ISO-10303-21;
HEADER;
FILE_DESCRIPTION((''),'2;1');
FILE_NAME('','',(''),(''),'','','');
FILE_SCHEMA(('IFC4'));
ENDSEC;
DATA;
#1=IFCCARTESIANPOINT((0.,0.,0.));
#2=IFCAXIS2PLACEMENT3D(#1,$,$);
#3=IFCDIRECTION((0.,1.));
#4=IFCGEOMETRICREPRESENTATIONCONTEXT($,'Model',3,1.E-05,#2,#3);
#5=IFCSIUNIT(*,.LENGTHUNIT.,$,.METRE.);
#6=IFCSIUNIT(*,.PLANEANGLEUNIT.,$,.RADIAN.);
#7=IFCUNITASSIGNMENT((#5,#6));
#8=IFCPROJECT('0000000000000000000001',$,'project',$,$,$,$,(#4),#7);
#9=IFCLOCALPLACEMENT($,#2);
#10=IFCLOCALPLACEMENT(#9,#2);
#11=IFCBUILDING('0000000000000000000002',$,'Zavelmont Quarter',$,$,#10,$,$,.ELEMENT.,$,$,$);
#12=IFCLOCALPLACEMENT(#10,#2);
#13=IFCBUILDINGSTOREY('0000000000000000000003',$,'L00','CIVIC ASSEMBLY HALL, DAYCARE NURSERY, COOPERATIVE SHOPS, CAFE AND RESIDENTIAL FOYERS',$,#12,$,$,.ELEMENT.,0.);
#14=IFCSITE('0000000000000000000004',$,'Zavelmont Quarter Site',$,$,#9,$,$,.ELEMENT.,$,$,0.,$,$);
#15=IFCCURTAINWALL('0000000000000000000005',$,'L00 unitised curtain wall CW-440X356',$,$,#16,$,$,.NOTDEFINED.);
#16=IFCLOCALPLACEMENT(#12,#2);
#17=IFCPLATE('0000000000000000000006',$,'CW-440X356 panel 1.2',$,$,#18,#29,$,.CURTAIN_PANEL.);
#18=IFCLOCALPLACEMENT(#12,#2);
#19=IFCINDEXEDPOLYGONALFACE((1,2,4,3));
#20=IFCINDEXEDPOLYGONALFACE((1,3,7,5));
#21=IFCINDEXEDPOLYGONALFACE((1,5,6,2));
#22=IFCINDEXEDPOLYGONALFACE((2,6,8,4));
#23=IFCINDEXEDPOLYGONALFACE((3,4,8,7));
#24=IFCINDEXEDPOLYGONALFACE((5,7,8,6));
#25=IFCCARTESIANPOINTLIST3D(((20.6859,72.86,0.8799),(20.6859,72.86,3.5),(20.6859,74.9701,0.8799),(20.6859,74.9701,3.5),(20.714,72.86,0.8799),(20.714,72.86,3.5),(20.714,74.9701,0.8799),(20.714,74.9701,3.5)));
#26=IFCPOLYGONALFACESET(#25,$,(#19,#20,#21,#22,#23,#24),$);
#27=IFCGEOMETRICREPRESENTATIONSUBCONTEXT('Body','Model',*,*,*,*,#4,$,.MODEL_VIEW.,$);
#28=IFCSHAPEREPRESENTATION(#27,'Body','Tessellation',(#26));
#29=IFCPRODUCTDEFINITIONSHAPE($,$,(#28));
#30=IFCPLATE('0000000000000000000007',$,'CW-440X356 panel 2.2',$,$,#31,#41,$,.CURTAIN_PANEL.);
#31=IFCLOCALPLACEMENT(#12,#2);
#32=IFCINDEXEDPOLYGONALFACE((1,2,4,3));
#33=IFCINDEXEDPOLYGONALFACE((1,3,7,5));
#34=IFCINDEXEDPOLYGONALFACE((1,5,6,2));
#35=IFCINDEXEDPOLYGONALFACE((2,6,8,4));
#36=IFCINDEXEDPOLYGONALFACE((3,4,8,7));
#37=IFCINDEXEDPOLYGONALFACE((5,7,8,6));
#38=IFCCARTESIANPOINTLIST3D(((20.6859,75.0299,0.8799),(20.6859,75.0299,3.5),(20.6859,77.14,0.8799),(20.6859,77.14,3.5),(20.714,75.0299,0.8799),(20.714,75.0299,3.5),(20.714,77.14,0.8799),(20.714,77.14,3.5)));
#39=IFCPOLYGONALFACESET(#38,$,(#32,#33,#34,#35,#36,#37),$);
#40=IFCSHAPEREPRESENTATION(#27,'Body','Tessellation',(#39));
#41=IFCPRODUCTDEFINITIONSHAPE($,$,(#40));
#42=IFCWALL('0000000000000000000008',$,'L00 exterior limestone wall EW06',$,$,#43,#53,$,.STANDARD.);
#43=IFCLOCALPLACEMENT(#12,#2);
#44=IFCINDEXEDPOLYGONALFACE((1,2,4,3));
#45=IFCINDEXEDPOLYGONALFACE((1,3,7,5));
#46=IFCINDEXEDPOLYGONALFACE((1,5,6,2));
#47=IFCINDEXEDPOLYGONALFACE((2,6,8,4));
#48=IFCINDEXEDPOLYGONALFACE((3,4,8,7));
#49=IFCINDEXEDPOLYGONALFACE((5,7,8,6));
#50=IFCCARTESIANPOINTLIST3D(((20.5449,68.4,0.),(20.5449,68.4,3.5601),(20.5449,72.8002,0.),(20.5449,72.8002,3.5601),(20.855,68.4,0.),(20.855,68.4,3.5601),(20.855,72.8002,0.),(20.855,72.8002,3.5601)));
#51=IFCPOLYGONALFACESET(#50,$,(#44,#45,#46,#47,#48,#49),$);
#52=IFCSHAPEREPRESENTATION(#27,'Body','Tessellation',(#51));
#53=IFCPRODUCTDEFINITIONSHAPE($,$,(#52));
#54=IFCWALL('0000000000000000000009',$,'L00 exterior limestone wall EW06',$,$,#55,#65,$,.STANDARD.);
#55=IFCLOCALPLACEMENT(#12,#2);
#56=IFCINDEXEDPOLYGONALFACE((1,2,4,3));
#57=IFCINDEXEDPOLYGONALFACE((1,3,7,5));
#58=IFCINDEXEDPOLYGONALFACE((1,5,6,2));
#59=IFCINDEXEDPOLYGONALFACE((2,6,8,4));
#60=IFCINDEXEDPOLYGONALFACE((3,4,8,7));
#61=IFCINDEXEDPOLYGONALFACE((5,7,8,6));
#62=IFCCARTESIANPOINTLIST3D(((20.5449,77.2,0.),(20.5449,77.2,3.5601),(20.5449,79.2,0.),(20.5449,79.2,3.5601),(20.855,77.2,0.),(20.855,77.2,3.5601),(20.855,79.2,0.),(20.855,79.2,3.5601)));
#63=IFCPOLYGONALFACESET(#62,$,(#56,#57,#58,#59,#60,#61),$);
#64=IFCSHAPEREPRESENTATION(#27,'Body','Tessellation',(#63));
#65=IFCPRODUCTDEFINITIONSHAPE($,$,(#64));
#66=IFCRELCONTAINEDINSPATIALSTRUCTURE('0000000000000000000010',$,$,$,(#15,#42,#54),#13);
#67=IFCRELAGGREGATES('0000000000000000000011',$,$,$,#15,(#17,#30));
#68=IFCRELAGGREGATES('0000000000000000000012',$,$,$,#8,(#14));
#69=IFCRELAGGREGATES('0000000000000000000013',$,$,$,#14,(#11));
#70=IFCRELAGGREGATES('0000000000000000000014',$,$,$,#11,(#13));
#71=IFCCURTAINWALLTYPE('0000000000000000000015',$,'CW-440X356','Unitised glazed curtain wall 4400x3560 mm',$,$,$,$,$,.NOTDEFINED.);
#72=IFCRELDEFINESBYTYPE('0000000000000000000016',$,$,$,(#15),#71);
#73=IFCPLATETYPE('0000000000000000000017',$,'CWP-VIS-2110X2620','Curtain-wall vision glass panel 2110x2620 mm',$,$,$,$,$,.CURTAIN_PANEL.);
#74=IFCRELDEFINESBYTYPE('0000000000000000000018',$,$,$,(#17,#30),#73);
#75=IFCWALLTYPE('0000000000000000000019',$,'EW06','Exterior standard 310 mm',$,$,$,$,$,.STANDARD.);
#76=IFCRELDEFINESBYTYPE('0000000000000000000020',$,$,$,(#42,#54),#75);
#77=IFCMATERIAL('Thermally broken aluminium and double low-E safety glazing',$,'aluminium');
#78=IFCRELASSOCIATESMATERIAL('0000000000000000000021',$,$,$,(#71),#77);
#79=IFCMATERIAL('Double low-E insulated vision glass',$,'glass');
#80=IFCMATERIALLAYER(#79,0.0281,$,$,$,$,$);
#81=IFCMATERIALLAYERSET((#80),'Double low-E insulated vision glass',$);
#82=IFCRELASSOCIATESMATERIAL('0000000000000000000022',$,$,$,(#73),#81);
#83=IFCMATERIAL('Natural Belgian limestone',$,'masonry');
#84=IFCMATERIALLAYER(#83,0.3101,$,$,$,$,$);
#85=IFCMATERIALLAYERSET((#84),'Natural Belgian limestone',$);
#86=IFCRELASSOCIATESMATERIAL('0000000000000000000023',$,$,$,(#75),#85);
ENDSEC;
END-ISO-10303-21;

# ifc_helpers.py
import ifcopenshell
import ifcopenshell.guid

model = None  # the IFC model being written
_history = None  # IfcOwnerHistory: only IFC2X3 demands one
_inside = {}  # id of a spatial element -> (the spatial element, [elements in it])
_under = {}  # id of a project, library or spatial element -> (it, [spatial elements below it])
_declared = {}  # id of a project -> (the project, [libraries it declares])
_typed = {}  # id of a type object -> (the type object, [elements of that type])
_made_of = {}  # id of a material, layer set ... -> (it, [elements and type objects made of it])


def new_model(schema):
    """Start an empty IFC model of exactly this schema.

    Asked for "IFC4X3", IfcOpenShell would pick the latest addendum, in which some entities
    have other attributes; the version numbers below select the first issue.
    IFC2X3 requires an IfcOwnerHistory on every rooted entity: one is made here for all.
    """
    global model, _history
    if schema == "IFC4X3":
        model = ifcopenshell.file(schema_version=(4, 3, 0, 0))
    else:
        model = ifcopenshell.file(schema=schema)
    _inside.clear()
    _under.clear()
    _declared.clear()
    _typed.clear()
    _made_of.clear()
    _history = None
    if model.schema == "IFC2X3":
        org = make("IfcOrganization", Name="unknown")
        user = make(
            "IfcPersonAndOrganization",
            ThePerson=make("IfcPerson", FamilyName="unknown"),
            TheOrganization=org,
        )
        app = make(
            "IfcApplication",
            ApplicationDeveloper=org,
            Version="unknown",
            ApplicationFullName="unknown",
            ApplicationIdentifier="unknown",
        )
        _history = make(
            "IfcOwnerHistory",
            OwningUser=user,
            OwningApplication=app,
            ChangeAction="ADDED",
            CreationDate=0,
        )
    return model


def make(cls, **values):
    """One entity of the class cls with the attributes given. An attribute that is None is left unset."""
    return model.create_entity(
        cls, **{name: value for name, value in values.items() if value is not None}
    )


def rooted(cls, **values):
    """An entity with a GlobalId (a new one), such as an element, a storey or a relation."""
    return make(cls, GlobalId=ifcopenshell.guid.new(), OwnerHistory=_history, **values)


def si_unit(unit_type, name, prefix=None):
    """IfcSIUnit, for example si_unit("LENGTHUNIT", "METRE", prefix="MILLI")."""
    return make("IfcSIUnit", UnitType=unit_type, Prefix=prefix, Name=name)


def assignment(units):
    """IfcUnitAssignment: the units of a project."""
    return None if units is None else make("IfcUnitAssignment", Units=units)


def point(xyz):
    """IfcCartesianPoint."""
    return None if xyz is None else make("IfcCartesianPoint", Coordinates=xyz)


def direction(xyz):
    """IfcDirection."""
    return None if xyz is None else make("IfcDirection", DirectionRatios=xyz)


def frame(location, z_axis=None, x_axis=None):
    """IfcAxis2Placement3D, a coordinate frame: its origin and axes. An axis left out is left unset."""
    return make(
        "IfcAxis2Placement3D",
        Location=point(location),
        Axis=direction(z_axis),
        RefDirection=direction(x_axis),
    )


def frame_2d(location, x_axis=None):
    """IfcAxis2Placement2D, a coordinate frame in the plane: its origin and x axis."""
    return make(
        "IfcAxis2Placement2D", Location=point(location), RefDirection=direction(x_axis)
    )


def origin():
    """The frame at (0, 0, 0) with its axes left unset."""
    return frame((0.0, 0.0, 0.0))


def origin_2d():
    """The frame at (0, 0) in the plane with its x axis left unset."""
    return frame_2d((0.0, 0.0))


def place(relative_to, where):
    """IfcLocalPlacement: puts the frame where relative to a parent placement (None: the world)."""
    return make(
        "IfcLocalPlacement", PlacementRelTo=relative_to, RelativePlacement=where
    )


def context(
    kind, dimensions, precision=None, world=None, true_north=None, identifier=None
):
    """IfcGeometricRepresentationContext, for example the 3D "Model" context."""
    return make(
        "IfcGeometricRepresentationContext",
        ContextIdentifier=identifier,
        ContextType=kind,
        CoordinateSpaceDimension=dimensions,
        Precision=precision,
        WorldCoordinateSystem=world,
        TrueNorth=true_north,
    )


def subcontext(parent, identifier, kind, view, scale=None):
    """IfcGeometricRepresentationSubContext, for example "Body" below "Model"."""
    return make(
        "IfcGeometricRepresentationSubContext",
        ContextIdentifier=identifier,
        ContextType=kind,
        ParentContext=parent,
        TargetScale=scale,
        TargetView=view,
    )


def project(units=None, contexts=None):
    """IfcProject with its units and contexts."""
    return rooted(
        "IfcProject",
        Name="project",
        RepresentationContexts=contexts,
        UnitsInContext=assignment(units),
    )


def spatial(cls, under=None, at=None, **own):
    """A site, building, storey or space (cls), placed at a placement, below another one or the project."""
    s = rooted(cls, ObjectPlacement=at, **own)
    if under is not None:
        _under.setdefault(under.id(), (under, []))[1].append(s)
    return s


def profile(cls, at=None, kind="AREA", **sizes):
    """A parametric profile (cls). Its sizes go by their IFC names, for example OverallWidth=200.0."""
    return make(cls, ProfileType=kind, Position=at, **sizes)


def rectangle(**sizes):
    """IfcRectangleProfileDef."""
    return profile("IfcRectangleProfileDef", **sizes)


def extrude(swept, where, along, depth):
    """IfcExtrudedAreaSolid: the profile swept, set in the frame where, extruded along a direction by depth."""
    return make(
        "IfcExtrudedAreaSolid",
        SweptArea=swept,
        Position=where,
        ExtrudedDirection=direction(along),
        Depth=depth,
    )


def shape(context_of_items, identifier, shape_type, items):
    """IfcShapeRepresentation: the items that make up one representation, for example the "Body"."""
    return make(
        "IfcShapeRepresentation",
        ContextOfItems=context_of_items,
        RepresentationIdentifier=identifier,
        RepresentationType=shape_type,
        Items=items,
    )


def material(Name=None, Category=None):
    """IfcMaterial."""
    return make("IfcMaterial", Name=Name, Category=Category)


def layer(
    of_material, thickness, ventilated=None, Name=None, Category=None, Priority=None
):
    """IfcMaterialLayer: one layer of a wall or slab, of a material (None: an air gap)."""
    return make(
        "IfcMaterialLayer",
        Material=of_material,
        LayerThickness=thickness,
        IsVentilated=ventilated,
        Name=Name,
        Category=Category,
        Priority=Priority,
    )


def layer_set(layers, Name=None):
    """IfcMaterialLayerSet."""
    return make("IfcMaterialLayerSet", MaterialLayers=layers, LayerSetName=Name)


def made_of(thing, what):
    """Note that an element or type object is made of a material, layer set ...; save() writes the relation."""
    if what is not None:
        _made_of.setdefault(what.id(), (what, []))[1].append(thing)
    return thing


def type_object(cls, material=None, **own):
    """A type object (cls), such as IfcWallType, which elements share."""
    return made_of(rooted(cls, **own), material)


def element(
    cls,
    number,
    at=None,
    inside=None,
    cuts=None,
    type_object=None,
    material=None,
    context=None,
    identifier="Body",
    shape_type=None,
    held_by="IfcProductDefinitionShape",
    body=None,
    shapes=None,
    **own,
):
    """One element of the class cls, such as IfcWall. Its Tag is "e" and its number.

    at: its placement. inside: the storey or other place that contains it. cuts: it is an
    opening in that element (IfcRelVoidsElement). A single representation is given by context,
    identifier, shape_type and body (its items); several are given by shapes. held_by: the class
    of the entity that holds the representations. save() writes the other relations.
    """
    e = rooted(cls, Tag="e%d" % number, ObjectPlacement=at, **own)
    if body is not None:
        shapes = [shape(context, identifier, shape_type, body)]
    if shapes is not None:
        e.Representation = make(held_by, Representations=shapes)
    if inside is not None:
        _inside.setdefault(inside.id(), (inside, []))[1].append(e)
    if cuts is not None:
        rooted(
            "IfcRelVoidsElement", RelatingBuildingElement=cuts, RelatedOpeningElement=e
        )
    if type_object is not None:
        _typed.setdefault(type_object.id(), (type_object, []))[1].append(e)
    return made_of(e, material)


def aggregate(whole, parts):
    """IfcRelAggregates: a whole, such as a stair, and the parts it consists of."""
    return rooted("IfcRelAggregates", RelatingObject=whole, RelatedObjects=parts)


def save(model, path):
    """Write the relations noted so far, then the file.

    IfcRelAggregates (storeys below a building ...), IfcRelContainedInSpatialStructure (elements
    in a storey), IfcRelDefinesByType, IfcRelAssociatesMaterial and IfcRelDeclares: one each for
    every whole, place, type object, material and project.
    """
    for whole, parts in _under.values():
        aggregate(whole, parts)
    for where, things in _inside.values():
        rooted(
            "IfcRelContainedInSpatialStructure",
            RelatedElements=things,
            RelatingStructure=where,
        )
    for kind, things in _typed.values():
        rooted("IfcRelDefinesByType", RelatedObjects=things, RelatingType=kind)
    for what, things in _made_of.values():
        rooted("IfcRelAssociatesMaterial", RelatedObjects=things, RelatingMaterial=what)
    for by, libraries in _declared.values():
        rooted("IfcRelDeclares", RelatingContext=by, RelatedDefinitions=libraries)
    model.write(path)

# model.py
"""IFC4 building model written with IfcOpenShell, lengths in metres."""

from ifc_helpers import new_model, si_unit, direction, frame, frame_2d, origin, origin_2d, place, context, subcontext, project, spatial, rectangle, extrude, material, layer, layer_set, type_object, element, aggregate, save


model = new_model("IFC4")

# Units and contexts
model_context = context("Model", 3, precision=1e-05, world=origin(), true_north=direction((0.0, 1.0)))
body_context = subcontext(model_context, "Body", "Model", "MODEL_VIEW")
ifc_project = project(units=[si_unit("LENGTHUNIT", "METRE"), si_unit("PLANEANGLEUNIT", "RADIAN")], contexts=[model_context])

# Site, building, storey
site_placement = place(None, origin())
site = spatial("IfcSite", under=ifc_project, at=site_placement, Name="Zavelmont Quarter Site", CompositionType="ELEMENT", RefElevation=0.0)
building_placement = place(site_placement, origin())
building = spatial("IfcBuilding", under=site, at=building_placement, Name="Zavelmont Quarter", CompositionType="ELEMENT")
storey_placement = place(building_placement, origin())
storey = spatial("IfcBuildingStorey", under=building, at=storey_placement, Name="L00", Description="CIVIC ASSEMBLY HALL, DAYCARE NURSERY, COOPERATIVE SHOPS, CAFE AND RESIDENTIAL FOYERS", CompositionType="ELEMENT", Elevation=0.0)

# Curtain wall
ifc_material_1 = material(Name="Thermally broken aluminium and double low-E safety glazing", Category="aluminium")
curtain_wall_type_1 = type_object("IfcCurtainWallType", Name="CW-440X356", Description="Unitised glazed curtain wall 4400x3560 mm", PredefinedType="NOTDEFINED", material=ifc_material_1)
curtain_wall_1_placement = place(storey_placement, origin())
curtain_wall_1 = element("IfcCurtainWall", 1, at=curtain_wall_1_placement, inside=storey, type_object=curtain_wall_type_1, Name="L00 unitised curtain wall CW-440X356", PredefinedType="NOTDEFINED")

# Plates
ifc_material_2 = material(Name="Double low-E insulated vision glass", Category="glass")
ifc_layer_1 = layer(ifc_material_2, 0.0281)
ifc_layer_set_1 = layer_set([ifc_layer_1], Name="Double low-E insulated vision glass")
plate_type_1 = type_object("IfcPlateType", Name="CWP-VIS-2110X2620", Description="Curtain-wall vision glass panel 2110x2620 mm", PredefinedType="CURTAIN_PANEL", material=ifc_layer_set_1)
plate_1_placement = place(storey_placement, frame((20.7, 73.915, 0.8799), z_axis=(0.0, 0.0, 1.0), x_axis=(0.0, 1.0, 0.0)))
plate_1 = element("IfcPlate", 2, at=plate_1_placement, type_object=plate_type_1, Name="CW-440X356 panel 1.2", PredefinedType="CURTAIN_PANEL", context=body_context, shape_type="SweptSolid", body=[
    extrude(rectangle(XDim=2.1101, YDim=0.0281, at=origin_2d()), origin(), (0.0, 0.0, 1.0), 2.6201),
])
plate_2_placement = place(storey_placement, frame((20.7, 76.085, 0.8799), z_axis=(0.0, 0.0, 1.0), x_axis=(0.0, 1.0, 0.0)))
plate_2 = element("IfcPlate", 3, at=plate_2_placement, type_object=plate_type_1, Name="CW-440X356 panel 2.2", PredefinedType="CURTAIN_PANEL", context=body_context, shape_type="SweptSolid", body=[
    extrude(rectangle(XDim=2.1101, YDim=0.0281, at=origin_2d()), origin(), (0.0, 0.0, 1.0), 2.6201),
])
aggregate(curtain_wall_1, [plate_1, plate_2])

# Walls
ifc_material_3 = material(Name="Natural Belgian limestone", Category="masonry")
ifc_layer_2 = layer(ifc_material_3, 0.3101)
ifc_layer_set_2 = layer_set([ifc_layer_2], Name="Natural Belgian limestone")
wall_type = type_object("IfcWallType", Name="EW06", Description="Exterior standard 310 mm", PredefinedType="STANDARD", material=ifc_layer_set_2)
wall_1_placement = place(storey_placement, frame((20.7, 68.3999, 0.0), z_axis=(0.0, 0.0, 1.0), x_axis=(0.0, 1.0, 0.0)))
element("IfcWall", 4, at=wall_1_placement, inside=storey, type_object=wall_type, Name="L00 exterior limestone wall EW06", PredefinedType="STANDARD", context=body_context, shape_type="SweptSolid", body=[
    extrude(rectangle(XDim=4.4001, YDim=0.3101, at=frame_2d((2.2002, 0.0))), origin(), (0.0, 0.0, 1.0), 3.5601),
])
wall_2_placement = place(storey_placement, frame((20.7, 77.2, 0.0), z_axis=(0.0, 0.0, 1.0), x_axis=(0.0, 1.0, 0.0)))
element("IfcWall", 5, at=wall_2_placement, inside=storey, type_object=wall_type, Name="L00 exterior limestone wall EW06", PredefinedType="STANDARD", context=body_context, shape_type="SweptSolid", body=[
    extrude(rectangle(XDim=2.0, YDim=0.3101, at=frame_2d((1.0, 0.0))), origin(), (0.0, 0.0, 1.0), 3.5601),
])

save(model, "model.ifc")
